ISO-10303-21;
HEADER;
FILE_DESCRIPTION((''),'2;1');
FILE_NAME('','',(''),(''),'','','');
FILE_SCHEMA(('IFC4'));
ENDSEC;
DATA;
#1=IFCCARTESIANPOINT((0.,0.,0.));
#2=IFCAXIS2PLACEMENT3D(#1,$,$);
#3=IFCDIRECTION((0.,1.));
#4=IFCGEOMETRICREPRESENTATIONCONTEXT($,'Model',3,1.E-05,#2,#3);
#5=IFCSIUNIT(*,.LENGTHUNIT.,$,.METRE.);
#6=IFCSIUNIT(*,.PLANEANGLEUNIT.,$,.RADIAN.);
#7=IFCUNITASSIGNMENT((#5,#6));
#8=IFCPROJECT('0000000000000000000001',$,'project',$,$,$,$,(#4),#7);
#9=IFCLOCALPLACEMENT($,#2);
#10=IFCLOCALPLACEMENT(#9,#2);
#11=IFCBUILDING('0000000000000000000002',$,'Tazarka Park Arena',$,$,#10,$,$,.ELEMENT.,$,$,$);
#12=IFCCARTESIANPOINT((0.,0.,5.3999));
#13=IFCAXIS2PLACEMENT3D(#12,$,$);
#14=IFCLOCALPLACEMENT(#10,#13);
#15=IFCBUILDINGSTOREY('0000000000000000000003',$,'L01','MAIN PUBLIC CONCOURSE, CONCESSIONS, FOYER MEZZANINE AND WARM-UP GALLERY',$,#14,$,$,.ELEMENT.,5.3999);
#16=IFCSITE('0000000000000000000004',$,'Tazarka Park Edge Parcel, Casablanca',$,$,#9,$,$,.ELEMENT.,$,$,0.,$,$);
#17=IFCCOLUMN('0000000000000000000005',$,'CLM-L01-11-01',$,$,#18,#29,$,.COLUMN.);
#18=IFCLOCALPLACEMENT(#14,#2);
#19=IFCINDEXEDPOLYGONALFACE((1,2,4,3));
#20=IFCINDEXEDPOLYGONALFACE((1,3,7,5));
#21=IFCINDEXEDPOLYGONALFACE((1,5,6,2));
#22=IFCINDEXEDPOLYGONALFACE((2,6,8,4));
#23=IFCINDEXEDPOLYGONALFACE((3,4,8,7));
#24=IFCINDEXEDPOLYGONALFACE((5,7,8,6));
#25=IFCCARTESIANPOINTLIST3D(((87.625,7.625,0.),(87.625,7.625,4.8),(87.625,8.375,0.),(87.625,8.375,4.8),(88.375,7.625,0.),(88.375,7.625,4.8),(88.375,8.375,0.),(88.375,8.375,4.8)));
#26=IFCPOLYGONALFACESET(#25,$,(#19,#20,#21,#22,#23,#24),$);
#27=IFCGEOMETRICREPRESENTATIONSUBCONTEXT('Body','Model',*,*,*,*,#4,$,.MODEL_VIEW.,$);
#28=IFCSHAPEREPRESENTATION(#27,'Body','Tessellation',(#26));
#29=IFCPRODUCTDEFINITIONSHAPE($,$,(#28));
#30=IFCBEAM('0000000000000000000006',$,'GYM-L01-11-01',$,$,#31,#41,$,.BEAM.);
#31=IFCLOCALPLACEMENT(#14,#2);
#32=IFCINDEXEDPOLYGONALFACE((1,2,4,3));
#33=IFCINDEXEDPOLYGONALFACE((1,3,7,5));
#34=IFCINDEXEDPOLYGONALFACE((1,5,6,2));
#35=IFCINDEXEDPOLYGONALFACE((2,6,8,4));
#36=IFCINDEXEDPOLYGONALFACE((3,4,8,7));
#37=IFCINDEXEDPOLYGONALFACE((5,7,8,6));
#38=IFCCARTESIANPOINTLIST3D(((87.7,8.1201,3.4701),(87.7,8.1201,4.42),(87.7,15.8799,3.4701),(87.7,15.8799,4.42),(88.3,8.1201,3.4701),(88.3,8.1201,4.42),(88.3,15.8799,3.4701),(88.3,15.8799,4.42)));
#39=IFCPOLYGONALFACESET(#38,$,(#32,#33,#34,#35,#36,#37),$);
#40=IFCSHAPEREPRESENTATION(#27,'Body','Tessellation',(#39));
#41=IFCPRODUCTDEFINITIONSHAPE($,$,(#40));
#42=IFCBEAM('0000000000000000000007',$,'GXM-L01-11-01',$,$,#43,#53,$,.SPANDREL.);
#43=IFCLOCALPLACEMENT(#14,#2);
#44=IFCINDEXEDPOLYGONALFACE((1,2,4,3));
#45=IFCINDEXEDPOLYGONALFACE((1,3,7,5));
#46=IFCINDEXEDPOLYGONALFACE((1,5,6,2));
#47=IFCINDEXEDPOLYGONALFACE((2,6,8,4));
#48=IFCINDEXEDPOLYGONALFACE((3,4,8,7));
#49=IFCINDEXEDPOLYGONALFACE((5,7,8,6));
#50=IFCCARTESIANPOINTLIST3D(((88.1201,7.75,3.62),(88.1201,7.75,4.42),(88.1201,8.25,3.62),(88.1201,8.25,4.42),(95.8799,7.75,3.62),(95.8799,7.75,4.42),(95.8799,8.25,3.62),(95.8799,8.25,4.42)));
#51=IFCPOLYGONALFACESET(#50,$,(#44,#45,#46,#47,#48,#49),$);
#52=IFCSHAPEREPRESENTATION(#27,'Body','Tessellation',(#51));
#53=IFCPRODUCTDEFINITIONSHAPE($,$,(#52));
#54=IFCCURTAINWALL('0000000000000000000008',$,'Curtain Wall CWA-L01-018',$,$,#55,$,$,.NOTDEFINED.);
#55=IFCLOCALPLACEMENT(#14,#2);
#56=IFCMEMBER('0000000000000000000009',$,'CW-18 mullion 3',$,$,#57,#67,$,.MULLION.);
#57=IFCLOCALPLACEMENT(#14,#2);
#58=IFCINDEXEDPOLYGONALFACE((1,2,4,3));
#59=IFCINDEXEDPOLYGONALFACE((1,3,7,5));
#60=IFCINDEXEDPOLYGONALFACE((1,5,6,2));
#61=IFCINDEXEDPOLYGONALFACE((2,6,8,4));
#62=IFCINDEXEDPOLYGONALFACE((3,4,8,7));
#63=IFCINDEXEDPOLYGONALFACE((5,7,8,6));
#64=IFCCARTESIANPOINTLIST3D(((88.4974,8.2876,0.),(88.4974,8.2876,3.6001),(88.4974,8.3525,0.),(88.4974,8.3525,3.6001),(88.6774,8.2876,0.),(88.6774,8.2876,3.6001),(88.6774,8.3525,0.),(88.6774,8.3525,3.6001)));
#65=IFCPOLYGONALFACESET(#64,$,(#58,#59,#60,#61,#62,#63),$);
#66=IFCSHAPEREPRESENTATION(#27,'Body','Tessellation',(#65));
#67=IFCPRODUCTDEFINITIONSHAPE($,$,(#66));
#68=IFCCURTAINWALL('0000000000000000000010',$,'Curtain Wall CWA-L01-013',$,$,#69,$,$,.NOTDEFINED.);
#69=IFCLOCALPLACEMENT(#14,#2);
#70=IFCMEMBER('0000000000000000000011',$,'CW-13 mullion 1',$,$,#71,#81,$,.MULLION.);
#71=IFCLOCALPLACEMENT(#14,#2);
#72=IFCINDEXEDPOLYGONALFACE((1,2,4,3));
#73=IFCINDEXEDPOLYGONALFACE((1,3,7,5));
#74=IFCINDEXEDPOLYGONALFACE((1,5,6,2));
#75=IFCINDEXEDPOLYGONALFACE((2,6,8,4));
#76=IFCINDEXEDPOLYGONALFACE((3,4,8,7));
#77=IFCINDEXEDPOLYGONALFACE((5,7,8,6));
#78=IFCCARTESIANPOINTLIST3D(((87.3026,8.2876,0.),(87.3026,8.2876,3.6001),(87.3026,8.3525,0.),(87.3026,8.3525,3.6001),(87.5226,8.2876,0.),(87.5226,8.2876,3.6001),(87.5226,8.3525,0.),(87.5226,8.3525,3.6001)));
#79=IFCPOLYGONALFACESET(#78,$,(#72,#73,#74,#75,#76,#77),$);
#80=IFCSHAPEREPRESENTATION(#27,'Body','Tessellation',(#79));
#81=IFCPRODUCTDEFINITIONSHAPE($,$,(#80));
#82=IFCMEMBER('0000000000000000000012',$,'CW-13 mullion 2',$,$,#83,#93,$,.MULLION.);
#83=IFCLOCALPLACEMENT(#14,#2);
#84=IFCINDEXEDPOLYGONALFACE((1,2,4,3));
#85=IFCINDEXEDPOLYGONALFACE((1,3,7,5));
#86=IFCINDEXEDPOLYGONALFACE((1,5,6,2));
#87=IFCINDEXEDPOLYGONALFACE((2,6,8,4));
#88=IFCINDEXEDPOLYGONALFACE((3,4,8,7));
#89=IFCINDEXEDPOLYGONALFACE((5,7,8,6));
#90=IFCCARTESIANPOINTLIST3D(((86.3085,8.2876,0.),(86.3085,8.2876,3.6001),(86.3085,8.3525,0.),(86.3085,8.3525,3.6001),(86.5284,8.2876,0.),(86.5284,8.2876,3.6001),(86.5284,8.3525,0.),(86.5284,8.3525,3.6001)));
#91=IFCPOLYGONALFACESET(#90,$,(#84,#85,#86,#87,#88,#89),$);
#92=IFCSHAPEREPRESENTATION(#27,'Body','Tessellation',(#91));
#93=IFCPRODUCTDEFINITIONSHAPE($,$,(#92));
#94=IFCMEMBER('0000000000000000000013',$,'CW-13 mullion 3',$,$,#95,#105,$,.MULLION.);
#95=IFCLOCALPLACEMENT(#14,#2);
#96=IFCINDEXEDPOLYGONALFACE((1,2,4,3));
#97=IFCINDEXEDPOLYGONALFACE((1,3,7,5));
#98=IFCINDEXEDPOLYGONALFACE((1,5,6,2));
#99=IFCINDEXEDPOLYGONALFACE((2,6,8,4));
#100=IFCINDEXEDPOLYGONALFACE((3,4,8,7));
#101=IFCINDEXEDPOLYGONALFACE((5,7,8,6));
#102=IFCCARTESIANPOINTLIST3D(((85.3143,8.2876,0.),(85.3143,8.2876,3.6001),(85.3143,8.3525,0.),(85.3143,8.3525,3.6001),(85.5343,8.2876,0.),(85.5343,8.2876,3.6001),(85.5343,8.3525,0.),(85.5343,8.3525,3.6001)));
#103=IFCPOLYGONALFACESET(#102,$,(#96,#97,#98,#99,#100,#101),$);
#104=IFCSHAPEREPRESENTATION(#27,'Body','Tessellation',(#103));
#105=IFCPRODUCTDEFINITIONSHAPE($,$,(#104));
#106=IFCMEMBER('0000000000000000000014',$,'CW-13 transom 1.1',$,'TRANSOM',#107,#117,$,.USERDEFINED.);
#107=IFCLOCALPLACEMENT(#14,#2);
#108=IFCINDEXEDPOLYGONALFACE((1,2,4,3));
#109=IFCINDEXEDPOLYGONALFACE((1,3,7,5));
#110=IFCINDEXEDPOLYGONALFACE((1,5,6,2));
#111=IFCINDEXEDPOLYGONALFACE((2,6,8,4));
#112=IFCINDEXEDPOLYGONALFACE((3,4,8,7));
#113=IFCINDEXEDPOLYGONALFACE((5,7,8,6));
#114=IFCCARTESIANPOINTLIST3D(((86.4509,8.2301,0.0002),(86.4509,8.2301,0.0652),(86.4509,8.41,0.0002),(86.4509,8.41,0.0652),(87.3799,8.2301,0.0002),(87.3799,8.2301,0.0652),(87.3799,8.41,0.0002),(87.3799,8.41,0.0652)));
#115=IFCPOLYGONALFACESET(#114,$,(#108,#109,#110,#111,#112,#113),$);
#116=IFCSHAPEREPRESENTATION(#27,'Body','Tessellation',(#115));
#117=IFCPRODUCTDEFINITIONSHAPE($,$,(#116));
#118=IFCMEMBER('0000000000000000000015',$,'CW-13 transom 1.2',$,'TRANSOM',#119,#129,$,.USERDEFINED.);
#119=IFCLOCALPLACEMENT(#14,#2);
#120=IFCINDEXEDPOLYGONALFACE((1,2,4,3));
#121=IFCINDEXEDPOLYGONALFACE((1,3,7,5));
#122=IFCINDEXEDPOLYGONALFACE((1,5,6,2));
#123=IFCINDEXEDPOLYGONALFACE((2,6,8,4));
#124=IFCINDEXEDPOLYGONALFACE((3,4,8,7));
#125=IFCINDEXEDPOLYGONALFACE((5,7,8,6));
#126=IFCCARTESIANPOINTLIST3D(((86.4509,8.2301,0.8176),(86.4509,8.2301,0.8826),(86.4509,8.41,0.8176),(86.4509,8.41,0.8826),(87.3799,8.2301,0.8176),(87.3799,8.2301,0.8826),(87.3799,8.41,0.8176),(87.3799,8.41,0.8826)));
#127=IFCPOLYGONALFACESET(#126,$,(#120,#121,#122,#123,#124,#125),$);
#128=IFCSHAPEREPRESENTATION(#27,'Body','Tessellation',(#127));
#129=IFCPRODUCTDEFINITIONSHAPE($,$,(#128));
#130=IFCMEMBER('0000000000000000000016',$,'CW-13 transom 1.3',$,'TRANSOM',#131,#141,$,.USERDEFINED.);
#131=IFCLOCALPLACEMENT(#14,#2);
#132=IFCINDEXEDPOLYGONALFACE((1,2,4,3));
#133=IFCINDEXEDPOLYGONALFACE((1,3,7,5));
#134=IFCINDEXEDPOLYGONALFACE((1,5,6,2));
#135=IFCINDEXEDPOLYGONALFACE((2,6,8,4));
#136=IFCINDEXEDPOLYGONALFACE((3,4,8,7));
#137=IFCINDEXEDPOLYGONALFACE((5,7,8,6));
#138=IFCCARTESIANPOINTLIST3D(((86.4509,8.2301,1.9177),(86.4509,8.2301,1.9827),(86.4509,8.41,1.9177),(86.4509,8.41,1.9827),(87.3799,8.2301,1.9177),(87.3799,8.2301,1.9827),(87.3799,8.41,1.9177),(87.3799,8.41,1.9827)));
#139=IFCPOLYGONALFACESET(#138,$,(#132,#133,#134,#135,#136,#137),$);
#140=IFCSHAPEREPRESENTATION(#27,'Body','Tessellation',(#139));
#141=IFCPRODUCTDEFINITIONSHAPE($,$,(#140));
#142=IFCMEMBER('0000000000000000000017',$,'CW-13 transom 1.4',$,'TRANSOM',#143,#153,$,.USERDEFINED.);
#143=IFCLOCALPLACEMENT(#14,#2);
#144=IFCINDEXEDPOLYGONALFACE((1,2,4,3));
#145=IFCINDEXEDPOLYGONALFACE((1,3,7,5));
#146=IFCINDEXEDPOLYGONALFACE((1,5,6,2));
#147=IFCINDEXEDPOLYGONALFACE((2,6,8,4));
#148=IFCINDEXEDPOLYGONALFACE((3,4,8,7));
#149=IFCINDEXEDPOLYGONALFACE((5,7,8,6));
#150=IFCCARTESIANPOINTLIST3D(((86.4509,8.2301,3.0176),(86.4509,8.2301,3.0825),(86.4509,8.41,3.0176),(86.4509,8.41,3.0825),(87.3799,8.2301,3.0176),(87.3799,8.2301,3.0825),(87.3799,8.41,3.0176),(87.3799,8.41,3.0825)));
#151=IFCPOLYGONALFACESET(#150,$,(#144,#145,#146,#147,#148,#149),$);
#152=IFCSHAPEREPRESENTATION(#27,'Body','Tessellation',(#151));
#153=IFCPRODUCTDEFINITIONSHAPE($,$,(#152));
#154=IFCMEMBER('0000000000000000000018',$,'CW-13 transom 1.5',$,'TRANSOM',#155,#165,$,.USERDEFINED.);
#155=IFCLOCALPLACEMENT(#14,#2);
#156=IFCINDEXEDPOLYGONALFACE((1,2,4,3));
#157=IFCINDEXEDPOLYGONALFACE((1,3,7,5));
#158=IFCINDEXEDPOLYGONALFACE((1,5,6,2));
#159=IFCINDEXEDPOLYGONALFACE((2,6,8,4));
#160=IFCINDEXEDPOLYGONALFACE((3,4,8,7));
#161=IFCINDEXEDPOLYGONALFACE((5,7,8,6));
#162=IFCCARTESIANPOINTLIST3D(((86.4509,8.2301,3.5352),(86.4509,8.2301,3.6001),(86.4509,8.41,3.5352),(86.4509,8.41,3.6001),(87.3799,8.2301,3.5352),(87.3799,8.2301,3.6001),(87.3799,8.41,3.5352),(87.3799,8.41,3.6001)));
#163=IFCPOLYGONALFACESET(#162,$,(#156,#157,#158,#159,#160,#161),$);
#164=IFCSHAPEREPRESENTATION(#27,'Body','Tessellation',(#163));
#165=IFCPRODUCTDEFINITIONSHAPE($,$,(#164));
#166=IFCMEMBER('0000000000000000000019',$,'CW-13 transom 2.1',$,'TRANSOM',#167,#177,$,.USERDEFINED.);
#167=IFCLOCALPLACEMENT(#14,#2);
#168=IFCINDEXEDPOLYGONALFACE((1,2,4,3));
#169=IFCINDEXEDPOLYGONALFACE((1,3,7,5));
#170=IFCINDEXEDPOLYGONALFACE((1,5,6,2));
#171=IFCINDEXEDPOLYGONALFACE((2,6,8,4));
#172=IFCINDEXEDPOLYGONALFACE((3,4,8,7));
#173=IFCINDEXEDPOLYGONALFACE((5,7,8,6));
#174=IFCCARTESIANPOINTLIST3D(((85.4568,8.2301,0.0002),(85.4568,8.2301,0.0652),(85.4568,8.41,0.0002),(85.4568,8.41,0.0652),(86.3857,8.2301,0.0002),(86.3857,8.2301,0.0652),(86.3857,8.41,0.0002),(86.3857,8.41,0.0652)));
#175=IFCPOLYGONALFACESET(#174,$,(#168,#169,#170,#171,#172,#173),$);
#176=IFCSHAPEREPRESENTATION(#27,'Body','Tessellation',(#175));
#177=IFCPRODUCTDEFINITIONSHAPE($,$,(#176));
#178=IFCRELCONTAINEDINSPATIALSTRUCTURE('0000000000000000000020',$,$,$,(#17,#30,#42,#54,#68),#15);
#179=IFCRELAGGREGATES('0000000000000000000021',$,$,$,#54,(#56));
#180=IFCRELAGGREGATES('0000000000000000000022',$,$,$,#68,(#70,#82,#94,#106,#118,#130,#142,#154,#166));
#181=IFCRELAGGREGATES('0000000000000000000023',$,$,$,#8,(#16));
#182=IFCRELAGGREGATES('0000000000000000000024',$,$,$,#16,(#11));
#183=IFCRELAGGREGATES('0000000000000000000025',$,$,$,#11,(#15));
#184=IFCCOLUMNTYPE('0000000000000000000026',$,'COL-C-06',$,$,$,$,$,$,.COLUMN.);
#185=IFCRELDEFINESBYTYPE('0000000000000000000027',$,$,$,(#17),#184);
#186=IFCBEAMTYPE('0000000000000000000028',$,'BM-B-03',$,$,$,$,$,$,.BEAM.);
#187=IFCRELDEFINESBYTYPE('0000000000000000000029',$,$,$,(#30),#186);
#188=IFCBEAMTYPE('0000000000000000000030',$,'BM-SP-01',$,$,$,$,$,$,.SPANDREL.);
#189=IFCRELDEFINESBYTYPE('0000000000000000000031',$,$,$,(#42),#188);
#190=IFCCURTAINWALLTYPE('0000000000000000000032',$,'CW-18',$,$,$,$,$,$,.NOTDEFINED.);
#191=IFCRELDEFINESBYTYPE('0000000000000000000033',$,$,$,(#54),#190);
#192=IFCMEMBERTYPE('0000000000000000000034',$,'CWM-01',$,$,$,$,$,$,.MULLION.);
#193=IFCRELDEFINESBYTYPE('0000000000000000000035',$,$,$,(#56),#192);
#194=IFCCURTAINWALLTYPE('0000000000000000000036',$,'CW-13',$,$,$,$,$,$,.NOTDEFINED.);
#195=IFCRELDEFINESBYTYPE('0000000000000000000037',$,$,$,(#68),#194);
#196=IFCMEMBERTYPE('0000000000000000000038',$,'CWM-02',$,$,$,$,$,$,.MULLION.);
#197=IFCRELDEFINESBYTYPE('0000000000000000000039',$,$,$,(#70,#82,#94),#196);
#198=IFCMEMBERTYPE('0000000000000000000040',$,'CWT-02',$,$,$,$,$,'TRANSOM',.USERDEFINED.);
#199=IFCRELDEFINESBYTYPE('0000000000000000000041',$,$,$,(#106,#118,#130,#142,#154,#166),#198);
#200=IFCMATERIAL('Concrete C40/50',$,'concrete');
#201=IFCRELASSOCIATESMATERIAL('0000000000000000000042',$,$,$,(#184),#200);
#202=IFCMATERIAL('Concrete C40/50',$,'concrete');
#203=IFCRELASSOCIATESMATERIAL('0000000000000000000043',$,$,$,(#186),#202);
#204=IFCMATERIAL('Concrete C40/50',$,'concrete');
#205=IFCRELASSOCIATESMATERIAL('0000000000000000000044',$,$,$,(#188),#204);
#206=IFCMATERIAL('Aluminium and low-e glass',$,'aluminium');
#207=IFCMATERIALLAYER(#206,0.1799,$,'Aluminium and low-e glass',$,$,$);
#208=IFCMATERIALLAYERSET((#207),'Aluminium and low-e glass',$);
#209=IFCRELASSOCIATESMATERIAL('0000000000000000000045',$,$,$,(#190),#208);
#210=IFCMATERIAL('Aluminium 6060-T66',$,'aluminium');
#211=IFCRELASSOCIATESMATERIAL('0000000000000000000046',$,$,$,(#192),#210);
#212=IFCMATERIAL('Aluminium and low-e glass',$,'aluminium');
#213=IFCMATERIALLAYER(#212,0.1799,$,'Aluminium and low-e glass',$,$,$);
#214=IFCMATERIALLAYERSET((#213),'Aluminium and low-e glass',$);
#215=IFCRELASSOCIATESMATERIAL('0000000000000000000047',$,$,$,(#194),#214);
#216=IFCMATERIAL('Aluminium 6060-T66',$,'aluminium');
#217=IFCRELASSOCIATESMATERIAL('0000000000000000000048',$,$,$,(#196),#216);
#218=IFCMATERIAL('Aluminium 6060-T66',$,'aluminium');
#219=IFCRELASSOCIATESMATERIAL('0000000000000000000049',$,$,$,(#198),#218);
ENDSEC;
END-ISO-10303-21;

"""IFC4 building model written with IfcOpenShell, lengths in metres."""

from ifc_helpers import new_model, si_unit, direction, frame, origin, origin_2d, place, context, subcontext, project, spatial, rectangle, extrude, material, layer, layer_set, material_profile, profile_set, type_object, element, aggregate, save


model = new_model("IFC4")

# Units and contexts
model_context = context("Model", 3, precision=1e-05, world=origin(), true_north=direction((0.0, 1.0)))
body_context = subcontext(model_context, "Body", "Model", "MODEL_VIEW")
ifc_project = project(units=[si_unit("LENGTHUNIT", "METRE"), si_unit("PLANEANGLEUNIT", "RADIAN")], contexts=[model_context])

# Site, building, storey
site_placement = place(None, origin())
site = spatial("IfcSite", under=ifc_project, at=site_placement, Name="Tazarka Park Edge Parcel, Casablanca", CompositionType="ELEMENT", RefElevation=0.0)
building_placement = place(site_placement, origin())
building = spatial("IfcBuilding", under=site, at=building_placement, Name="Tazarka Park Arena", CompositionType="ELEMENT")
storey_placement = place(building_placement, frame((0.0, 0.0, 5.3999)))
storey = spatial("IfcBuildingStorey", under=building, at=storey_placement, Name="L01", Description="MAIN PUBLIC CONCOURSE, CONCESSIONS, FOYER MEZZANINE AND WARM-UP GALLERY", CompositionType="ELEMENT", Elevation=5.3999)

# Column
ifc_material_1 = material(Name="Concrete C40/50", Category="concrete")
ifc_material_profile_1 = material_profile(ifc_material_1, rectangle(XDim=0.75, YDim=0.75, at=origin_2d()), Name="Concrete C40/50")
ifc_profile_set_1 = profile_set([ifc_material_profile_1], Name="Concrete C40/50")
column_type = type_object("IfcColumnType", Name="COL-C-06", PredefinedType="COLUMN", material=ifc_profile_set_1)
column_placement = place(storey_placement, frame((88.0, 8.0, 0.0), z_axis=(0.0, 0.0, 1.0), x_axis=(1.0, 0.0, 0.0)))
element("IfcColumn", 1, at=column_placement, inside=storey, type_object=column_type, Name="CLM-L01-11-01", PredefinedType="COLUMN", context=body_context, shape_type="SweptSolid", body=[
    extrude(rectangle(XDim=0.75, YDim=0.75, at=origin_2d()), origin(), (0.0, 0.0, 1.0), 4.8),
])

# Beams
ifc_material_2 = material(Name="Concrete C40/50", Category="concrete")
ifc_material_profile_2 = material_profile(ifc_material_2, rectangle(XDim=0.6001, YDim=0.95, at=origin_2d()), Name="Concrete C40/50")
ifc_profile_set_2 = profile_set([ifc_material_profile_2], Name="Concrete C40/50")
beam_type_1 = type_object("IfcBeamType", Name="BM-B-03", PredefinedType="BEAM", material=ifc_profile_set_2)
beam_1_placement = place(storey_placement, frame((88.0, 8.1201, 3.9451), z_axis=(0.0, 1.0, 0.0), x_axis=(-1.0, 0.0, 0.0)))
element("IfcBeam", 2, at=beam_1_placement, inside=storey, type_object=beam_type_1, Name="GYM-L01-11-01", PredefinedType="BEAM", context=body_context, shape_type="SweptSolid", body=[
    extrude(rectangle(XDim=0.6001, YDim=0.95, at=origin_2d()), origin(), (0.0, 0.0, 1.0), 7.7598),
])
ifc_material_3 = material(Name="Concrete C40/50", Category="concrete")
ifc_material_profile_3 = material_profile(ifc_material_3, rectangle(XDim=0.5, YDim=0.8, at=origin_2d()), Name="Concrete C40/50")
ifc_profile_set_3 = profile_set([ifc_material_profile_3], Name="Concrete C40/50")
beam_type_2 = type_object("IfcBeamType", Name="BM-SP-01", PredefinedType="SPANDREL", material=ifc_profile_set_3)
beam_2_placement = place(storey_placement, frame((88.1201, 8.0, 4.02), z_axis=(1.0, 0.0, 0.0), x_axis=(0.0, 1.0, 0.0)))
element("IfcBeam", 3, at=beam_2_placement, inside=storey, type_object=beam_type_2, Name="GXM-L01-11-01", PredefinedType="SPANDREL", context=body_context, shape_type="SweptSolid", body=[
    extrude(rectangle(XDim=0.5, YDim=0.8, at=origin_2d()), origin(), (0.0, 0.0, 1.0), 7.7598),
])

# Curtain wall, member
ifc_material_4 = material(Name="Aluminium and low-e glass", Category="aluminium")
ifc_layer_1 = layer(ifc_material_4, 0.1799, Name="Aluminium and low-e glass")
ifc_layer_set_1 = layer_set([ifc_layer_1], Name="Aluminium and low-e glass")
curtain_wall_type_1 = type_object("IfcCurtainWallType", Name="CW-18", PredefinedType="NOTDEFINED", material=ifc_layer_set_1)
curtain_wall_1_placement = place(storey_placement, origin())
curtain_wall_1 = element("IfcCurtainWall", 4, at=curtain_wall_1_placement, inside=storey, type_object=curtain_wall_type_1, Name="Curtain Wall CWA-L01-018", PredefinedType="NOTDEFINED")
ifc_material_5 = material(Name="Aluminium 6060-T66", Category="aluminium")
ifc_material_profile_4 = material_profile(ifc_material_5, rectangle(XDim=0.0649, YDim=0.1799, at=origin_2d()), Name="Aluminium 6060-T66")
ifc_profile_set_4 = profile_set([ifc_material_profile_4], Name="Aluminium 6060-T66")
member_type_1 = type_object("IfcMemberType", Name="CWM-01", PredefinedType="MULLION", material=ifc_profile_set_4)
member_1_placement = place(storey_placement, frame((88.5874, 8.3201, 0.0), z_axis=(0.0, 0.0, 1.0), x_axis=(0.0, -1.0, 0.0)))
member_1 = element("IfcMember", 5, at=member_1_placement, type_object=member_type_1, Name="CW-18 mullion 3", PredefinedType="MULLION", context=body_context, shape_type="SweptSolid", body=[
    extrude(rectangle(XDim=0.0649, YDim=0.1799, at=origin_2d()), origin(), (0.0, 0.0, 1.0), 3.6001),
])

# Curtain wall, members
ifc_material_6 = material(Name="Aluminium and low-e glass", Category="aluminium")
ifc_layer_2 = layer(ifc_material_6, 0.1799, Name="Aluminium and low-e glass")
ifc_layer_set_2 = layer_set([ifc_layer_2], Name="Aluminium and low-e glass")
curtain_wall_type_2 = type_object("IfcCurtainWallType", Name="CW-13", PredefinedType="NOTDEFINED", material=ifc_layer_set_2)
curtain_wall_2_placement = place(storey_placement, origin())
curtain_wall_2 = element("IfcCurtainWall", 6, at=curtain_wall_2_placement, inside=storey, type_object=curtain_wall_type_2, Name="Curtain Wall CWA-L01-013", PredefinedType="NOTDEFINED")
ifc_material_7 = material(Name="Aluminium 6060-T66", Category="aluminium")
ifc_material_profile_5 = material_profile(ifc_material_7, rectangle(XDim=0.0649, YDim=0.22, at=origin_2d()), Name="Aluminium 6060-T66")
ifc_profile_set_5 = profile_set([ifc_material_profile_5], Name="Aluminium 6060-T66")
member_type_2 = type_object("IfcMemberType", Name="CWM-02", PredefinedType="MULLION", material=ifc_profile_set_5)
member_2_placement = place(storey_placement, frame((87.4126, 8.3201, 0.0), z_axis=(0.0, 0.0, 1.0), x_axis=(0.0, -1.0, 0.0)))
member_2 = element("IfcMember", 7, at=member_2_placement, type_object=member_type_2, Name="CW-13 mullion 1", PredefinedType="MULLION", context=body_context, shape_type="SweptSolid", body=[
    extrude(rectangle(XDim=0.0649, YDim=0.22, at=origin_2d()), origin(), (0.0, 0.0, 1.0), 3.6001),
])
member_3_placement = place(storey_placement, frame((86.4185, 8.3201, 0.0), z_axis=(0.0, 0.0, 1.0), x_axis=(0.0, -1.0, 0.0)))
member_3 = element("IfcMember", 8, at=member_3_placement, type_object=member_type_2, Name="CW-13 mullion 2", PredefinedType="MULLION", context=body_context, shape_type="SweptSolid", body=[
    extrude(rectangle(XDim=0.0649, YDim=0.22, at=origin_2d()), origin(), (0.0, 0.0, 1.0), 3.6001),
])
member_4_placement = place(storey_placement, frame((85.4243, 8.3201, 0.0), z_axis=(0.0, 0.0, 1.0), x_axis=(0.0, -1.0, 0.0)))
member_4 = element("IfcMember", 9, at=member_4_placement, type_object=member_type_2, Name="CW-13 mullion 3", PredefinedType="MULLION", context=body_context, shape_type="SweptSolid", body=[
    extrude(rectangle(XDim=0.0649, YDim=0.22, at=origin_2d()), origin(), (0.0, 0.0, 1.0), 3.6001),
])
ifc_material_8 = material(Name="Aluminium 6060-T66", Category="aluminium")
ifc_material_profile_6 = material_profile(ifc_material_8, rectangle(XDim=0.1799, YDim=0.0649, at=origin_2d()), Name="Aluminium 6060-T66")
ifc_profile_set_6 = profile_set([ifc_material_profile_6], Name="Aluminium 6060-T66")
member_type_3 = type_object("IfcMemberType", Name="CWT-02", ElementType="TRANSOM", PredefinedType="USERDEFINED", material=ifc_profile_set_6)
member_5_placement = place(storey_placement, frame((87.3799, 8.3201, 0.0327), z_axis=(-1.0, 0.0, 0.0), x_axis=(0.0, -1.0, 0.0)))
member_5 = element("IfcMember", 10, at=member_5_placement, type_object=member_type_3, Name="CW-13 transom 1.1", ObjectType="TRANSOM", PredefinedType="USERDEFINED", context=body_context, shape_type="SweptSolid", body=[
    extrude(rectangle(XDim=0.1799, YDim=0.0649, at=origin_2d()), origin(), (0.0, 0.0, 1.0), 0.929),
])
member_6_placement = place(storey_placement, frame((87.3799, 8.3201, 0.8501), z_axis=(-1.0, 0.0, 0.0), x_axis=(0.0, -1.0, 0.0)))
member_6 = element("IfcMember", 11, at=member_6_placement, type_object=member_type_3, Name="CW-13 transom 1.2", ObjectType="TRANSOM", PredefinedType="USERDEFINED", context=body_context, shape_type="SweptSolid", body=[
    extrude(rectangle(XDim=0.1799, YDim=0.0649, at=origin_2d()), origin(), (0.0, 0.0, 1.0), 0.929),
])
member_7_placement = place(storey_placement, frame((87.3799, 8.3201, 1.9502), z_axis=(-1.0, 0.0, 0.0), x_axis=(0.0, -1.0, 0.0)))
member_7 = element("IfcMember", 12, at=member_7_placement, type_object=member_type_3, Name="CW-13 transom 1.3", ObjectType="TRANSOM", PredefinedType="USERDEFINED", context=body_context, shape_type="SweptSolid", body=[
    extrude(rectangle(XDim=0.1799, YDim=0.0649, at=origin_2d()), origin(), (0.0, 0.0, 1.0), 0.929),
])
member_8_placement = place(storey_placement, frame((87.3799, 8.3201, 3.05), z_axis=(-1.0, 0.0, 0.0), x_axis=(0.0, -1.0, 0.0)))
member_8 = element("IfcMember", 13, at=member_8_placement, type_object=member_type_3, Name="CW-13 transom 1.4", ObjectType="TRANSOM", PredefinedType="USERDEFINED", context=body_context, shape_type="SweptSolid", body=[
    extrude(rectangle(XDim=0.1799, YDim=0.0649, at=origin_2d()), origin(), (0.0, 0.0, 1.0), 0.929),
])
member_9_placement = place(storey_placement, frame((87.3799, 8.3201, 3.5676), z_axis=(-1.0, 0.0, 0.0), x_axis=(0.0, -1.0, 0.0)))
member_9 = element("IfcMember", 14, at=member_9_placement, type_object=member_type_3, Name="CW-13 transom 1.5", ObjectType="TRANSOM", PredefinedType="USERDEFINED", context=body_context, shape_type="SweptSolid", body=[
    extrude(rectangle(XDim=0.1799, YDim=0.0649, at=origin_2d()), origin(), (0.0, 0.0, 1.0), 0.929),
])
member_10_placement = place(storey_placement, frame((86.3857, 8.3201, 0.0327), z_axis=(-1.0, 0.0, 0.0), x_axis=(0.0, -1.0, 0.0)))
member_10 = element("IfcMember", 15, at=member_10_placement, type_object=member_type_3, Name="CW-13 transom 2.1", ObjectType="TRANSOM", PredefinedType="USERDEFINED", context=body_context, shape_type="SweptSolid", body=[
    extrude(rectangle(XDim=0.1799, YDim=0.0649, at=origin_2d()), origin(), (0.0, 0.0, 1.0), 0.929),
])

aggregate(curtain_wall_1, [member_1])
aggregate(curtain_wall_2, [member_2, member_3, member_4, member_5, member_6, member_7, member_8, member_9, member_10])

save(model, "model.ifc")
